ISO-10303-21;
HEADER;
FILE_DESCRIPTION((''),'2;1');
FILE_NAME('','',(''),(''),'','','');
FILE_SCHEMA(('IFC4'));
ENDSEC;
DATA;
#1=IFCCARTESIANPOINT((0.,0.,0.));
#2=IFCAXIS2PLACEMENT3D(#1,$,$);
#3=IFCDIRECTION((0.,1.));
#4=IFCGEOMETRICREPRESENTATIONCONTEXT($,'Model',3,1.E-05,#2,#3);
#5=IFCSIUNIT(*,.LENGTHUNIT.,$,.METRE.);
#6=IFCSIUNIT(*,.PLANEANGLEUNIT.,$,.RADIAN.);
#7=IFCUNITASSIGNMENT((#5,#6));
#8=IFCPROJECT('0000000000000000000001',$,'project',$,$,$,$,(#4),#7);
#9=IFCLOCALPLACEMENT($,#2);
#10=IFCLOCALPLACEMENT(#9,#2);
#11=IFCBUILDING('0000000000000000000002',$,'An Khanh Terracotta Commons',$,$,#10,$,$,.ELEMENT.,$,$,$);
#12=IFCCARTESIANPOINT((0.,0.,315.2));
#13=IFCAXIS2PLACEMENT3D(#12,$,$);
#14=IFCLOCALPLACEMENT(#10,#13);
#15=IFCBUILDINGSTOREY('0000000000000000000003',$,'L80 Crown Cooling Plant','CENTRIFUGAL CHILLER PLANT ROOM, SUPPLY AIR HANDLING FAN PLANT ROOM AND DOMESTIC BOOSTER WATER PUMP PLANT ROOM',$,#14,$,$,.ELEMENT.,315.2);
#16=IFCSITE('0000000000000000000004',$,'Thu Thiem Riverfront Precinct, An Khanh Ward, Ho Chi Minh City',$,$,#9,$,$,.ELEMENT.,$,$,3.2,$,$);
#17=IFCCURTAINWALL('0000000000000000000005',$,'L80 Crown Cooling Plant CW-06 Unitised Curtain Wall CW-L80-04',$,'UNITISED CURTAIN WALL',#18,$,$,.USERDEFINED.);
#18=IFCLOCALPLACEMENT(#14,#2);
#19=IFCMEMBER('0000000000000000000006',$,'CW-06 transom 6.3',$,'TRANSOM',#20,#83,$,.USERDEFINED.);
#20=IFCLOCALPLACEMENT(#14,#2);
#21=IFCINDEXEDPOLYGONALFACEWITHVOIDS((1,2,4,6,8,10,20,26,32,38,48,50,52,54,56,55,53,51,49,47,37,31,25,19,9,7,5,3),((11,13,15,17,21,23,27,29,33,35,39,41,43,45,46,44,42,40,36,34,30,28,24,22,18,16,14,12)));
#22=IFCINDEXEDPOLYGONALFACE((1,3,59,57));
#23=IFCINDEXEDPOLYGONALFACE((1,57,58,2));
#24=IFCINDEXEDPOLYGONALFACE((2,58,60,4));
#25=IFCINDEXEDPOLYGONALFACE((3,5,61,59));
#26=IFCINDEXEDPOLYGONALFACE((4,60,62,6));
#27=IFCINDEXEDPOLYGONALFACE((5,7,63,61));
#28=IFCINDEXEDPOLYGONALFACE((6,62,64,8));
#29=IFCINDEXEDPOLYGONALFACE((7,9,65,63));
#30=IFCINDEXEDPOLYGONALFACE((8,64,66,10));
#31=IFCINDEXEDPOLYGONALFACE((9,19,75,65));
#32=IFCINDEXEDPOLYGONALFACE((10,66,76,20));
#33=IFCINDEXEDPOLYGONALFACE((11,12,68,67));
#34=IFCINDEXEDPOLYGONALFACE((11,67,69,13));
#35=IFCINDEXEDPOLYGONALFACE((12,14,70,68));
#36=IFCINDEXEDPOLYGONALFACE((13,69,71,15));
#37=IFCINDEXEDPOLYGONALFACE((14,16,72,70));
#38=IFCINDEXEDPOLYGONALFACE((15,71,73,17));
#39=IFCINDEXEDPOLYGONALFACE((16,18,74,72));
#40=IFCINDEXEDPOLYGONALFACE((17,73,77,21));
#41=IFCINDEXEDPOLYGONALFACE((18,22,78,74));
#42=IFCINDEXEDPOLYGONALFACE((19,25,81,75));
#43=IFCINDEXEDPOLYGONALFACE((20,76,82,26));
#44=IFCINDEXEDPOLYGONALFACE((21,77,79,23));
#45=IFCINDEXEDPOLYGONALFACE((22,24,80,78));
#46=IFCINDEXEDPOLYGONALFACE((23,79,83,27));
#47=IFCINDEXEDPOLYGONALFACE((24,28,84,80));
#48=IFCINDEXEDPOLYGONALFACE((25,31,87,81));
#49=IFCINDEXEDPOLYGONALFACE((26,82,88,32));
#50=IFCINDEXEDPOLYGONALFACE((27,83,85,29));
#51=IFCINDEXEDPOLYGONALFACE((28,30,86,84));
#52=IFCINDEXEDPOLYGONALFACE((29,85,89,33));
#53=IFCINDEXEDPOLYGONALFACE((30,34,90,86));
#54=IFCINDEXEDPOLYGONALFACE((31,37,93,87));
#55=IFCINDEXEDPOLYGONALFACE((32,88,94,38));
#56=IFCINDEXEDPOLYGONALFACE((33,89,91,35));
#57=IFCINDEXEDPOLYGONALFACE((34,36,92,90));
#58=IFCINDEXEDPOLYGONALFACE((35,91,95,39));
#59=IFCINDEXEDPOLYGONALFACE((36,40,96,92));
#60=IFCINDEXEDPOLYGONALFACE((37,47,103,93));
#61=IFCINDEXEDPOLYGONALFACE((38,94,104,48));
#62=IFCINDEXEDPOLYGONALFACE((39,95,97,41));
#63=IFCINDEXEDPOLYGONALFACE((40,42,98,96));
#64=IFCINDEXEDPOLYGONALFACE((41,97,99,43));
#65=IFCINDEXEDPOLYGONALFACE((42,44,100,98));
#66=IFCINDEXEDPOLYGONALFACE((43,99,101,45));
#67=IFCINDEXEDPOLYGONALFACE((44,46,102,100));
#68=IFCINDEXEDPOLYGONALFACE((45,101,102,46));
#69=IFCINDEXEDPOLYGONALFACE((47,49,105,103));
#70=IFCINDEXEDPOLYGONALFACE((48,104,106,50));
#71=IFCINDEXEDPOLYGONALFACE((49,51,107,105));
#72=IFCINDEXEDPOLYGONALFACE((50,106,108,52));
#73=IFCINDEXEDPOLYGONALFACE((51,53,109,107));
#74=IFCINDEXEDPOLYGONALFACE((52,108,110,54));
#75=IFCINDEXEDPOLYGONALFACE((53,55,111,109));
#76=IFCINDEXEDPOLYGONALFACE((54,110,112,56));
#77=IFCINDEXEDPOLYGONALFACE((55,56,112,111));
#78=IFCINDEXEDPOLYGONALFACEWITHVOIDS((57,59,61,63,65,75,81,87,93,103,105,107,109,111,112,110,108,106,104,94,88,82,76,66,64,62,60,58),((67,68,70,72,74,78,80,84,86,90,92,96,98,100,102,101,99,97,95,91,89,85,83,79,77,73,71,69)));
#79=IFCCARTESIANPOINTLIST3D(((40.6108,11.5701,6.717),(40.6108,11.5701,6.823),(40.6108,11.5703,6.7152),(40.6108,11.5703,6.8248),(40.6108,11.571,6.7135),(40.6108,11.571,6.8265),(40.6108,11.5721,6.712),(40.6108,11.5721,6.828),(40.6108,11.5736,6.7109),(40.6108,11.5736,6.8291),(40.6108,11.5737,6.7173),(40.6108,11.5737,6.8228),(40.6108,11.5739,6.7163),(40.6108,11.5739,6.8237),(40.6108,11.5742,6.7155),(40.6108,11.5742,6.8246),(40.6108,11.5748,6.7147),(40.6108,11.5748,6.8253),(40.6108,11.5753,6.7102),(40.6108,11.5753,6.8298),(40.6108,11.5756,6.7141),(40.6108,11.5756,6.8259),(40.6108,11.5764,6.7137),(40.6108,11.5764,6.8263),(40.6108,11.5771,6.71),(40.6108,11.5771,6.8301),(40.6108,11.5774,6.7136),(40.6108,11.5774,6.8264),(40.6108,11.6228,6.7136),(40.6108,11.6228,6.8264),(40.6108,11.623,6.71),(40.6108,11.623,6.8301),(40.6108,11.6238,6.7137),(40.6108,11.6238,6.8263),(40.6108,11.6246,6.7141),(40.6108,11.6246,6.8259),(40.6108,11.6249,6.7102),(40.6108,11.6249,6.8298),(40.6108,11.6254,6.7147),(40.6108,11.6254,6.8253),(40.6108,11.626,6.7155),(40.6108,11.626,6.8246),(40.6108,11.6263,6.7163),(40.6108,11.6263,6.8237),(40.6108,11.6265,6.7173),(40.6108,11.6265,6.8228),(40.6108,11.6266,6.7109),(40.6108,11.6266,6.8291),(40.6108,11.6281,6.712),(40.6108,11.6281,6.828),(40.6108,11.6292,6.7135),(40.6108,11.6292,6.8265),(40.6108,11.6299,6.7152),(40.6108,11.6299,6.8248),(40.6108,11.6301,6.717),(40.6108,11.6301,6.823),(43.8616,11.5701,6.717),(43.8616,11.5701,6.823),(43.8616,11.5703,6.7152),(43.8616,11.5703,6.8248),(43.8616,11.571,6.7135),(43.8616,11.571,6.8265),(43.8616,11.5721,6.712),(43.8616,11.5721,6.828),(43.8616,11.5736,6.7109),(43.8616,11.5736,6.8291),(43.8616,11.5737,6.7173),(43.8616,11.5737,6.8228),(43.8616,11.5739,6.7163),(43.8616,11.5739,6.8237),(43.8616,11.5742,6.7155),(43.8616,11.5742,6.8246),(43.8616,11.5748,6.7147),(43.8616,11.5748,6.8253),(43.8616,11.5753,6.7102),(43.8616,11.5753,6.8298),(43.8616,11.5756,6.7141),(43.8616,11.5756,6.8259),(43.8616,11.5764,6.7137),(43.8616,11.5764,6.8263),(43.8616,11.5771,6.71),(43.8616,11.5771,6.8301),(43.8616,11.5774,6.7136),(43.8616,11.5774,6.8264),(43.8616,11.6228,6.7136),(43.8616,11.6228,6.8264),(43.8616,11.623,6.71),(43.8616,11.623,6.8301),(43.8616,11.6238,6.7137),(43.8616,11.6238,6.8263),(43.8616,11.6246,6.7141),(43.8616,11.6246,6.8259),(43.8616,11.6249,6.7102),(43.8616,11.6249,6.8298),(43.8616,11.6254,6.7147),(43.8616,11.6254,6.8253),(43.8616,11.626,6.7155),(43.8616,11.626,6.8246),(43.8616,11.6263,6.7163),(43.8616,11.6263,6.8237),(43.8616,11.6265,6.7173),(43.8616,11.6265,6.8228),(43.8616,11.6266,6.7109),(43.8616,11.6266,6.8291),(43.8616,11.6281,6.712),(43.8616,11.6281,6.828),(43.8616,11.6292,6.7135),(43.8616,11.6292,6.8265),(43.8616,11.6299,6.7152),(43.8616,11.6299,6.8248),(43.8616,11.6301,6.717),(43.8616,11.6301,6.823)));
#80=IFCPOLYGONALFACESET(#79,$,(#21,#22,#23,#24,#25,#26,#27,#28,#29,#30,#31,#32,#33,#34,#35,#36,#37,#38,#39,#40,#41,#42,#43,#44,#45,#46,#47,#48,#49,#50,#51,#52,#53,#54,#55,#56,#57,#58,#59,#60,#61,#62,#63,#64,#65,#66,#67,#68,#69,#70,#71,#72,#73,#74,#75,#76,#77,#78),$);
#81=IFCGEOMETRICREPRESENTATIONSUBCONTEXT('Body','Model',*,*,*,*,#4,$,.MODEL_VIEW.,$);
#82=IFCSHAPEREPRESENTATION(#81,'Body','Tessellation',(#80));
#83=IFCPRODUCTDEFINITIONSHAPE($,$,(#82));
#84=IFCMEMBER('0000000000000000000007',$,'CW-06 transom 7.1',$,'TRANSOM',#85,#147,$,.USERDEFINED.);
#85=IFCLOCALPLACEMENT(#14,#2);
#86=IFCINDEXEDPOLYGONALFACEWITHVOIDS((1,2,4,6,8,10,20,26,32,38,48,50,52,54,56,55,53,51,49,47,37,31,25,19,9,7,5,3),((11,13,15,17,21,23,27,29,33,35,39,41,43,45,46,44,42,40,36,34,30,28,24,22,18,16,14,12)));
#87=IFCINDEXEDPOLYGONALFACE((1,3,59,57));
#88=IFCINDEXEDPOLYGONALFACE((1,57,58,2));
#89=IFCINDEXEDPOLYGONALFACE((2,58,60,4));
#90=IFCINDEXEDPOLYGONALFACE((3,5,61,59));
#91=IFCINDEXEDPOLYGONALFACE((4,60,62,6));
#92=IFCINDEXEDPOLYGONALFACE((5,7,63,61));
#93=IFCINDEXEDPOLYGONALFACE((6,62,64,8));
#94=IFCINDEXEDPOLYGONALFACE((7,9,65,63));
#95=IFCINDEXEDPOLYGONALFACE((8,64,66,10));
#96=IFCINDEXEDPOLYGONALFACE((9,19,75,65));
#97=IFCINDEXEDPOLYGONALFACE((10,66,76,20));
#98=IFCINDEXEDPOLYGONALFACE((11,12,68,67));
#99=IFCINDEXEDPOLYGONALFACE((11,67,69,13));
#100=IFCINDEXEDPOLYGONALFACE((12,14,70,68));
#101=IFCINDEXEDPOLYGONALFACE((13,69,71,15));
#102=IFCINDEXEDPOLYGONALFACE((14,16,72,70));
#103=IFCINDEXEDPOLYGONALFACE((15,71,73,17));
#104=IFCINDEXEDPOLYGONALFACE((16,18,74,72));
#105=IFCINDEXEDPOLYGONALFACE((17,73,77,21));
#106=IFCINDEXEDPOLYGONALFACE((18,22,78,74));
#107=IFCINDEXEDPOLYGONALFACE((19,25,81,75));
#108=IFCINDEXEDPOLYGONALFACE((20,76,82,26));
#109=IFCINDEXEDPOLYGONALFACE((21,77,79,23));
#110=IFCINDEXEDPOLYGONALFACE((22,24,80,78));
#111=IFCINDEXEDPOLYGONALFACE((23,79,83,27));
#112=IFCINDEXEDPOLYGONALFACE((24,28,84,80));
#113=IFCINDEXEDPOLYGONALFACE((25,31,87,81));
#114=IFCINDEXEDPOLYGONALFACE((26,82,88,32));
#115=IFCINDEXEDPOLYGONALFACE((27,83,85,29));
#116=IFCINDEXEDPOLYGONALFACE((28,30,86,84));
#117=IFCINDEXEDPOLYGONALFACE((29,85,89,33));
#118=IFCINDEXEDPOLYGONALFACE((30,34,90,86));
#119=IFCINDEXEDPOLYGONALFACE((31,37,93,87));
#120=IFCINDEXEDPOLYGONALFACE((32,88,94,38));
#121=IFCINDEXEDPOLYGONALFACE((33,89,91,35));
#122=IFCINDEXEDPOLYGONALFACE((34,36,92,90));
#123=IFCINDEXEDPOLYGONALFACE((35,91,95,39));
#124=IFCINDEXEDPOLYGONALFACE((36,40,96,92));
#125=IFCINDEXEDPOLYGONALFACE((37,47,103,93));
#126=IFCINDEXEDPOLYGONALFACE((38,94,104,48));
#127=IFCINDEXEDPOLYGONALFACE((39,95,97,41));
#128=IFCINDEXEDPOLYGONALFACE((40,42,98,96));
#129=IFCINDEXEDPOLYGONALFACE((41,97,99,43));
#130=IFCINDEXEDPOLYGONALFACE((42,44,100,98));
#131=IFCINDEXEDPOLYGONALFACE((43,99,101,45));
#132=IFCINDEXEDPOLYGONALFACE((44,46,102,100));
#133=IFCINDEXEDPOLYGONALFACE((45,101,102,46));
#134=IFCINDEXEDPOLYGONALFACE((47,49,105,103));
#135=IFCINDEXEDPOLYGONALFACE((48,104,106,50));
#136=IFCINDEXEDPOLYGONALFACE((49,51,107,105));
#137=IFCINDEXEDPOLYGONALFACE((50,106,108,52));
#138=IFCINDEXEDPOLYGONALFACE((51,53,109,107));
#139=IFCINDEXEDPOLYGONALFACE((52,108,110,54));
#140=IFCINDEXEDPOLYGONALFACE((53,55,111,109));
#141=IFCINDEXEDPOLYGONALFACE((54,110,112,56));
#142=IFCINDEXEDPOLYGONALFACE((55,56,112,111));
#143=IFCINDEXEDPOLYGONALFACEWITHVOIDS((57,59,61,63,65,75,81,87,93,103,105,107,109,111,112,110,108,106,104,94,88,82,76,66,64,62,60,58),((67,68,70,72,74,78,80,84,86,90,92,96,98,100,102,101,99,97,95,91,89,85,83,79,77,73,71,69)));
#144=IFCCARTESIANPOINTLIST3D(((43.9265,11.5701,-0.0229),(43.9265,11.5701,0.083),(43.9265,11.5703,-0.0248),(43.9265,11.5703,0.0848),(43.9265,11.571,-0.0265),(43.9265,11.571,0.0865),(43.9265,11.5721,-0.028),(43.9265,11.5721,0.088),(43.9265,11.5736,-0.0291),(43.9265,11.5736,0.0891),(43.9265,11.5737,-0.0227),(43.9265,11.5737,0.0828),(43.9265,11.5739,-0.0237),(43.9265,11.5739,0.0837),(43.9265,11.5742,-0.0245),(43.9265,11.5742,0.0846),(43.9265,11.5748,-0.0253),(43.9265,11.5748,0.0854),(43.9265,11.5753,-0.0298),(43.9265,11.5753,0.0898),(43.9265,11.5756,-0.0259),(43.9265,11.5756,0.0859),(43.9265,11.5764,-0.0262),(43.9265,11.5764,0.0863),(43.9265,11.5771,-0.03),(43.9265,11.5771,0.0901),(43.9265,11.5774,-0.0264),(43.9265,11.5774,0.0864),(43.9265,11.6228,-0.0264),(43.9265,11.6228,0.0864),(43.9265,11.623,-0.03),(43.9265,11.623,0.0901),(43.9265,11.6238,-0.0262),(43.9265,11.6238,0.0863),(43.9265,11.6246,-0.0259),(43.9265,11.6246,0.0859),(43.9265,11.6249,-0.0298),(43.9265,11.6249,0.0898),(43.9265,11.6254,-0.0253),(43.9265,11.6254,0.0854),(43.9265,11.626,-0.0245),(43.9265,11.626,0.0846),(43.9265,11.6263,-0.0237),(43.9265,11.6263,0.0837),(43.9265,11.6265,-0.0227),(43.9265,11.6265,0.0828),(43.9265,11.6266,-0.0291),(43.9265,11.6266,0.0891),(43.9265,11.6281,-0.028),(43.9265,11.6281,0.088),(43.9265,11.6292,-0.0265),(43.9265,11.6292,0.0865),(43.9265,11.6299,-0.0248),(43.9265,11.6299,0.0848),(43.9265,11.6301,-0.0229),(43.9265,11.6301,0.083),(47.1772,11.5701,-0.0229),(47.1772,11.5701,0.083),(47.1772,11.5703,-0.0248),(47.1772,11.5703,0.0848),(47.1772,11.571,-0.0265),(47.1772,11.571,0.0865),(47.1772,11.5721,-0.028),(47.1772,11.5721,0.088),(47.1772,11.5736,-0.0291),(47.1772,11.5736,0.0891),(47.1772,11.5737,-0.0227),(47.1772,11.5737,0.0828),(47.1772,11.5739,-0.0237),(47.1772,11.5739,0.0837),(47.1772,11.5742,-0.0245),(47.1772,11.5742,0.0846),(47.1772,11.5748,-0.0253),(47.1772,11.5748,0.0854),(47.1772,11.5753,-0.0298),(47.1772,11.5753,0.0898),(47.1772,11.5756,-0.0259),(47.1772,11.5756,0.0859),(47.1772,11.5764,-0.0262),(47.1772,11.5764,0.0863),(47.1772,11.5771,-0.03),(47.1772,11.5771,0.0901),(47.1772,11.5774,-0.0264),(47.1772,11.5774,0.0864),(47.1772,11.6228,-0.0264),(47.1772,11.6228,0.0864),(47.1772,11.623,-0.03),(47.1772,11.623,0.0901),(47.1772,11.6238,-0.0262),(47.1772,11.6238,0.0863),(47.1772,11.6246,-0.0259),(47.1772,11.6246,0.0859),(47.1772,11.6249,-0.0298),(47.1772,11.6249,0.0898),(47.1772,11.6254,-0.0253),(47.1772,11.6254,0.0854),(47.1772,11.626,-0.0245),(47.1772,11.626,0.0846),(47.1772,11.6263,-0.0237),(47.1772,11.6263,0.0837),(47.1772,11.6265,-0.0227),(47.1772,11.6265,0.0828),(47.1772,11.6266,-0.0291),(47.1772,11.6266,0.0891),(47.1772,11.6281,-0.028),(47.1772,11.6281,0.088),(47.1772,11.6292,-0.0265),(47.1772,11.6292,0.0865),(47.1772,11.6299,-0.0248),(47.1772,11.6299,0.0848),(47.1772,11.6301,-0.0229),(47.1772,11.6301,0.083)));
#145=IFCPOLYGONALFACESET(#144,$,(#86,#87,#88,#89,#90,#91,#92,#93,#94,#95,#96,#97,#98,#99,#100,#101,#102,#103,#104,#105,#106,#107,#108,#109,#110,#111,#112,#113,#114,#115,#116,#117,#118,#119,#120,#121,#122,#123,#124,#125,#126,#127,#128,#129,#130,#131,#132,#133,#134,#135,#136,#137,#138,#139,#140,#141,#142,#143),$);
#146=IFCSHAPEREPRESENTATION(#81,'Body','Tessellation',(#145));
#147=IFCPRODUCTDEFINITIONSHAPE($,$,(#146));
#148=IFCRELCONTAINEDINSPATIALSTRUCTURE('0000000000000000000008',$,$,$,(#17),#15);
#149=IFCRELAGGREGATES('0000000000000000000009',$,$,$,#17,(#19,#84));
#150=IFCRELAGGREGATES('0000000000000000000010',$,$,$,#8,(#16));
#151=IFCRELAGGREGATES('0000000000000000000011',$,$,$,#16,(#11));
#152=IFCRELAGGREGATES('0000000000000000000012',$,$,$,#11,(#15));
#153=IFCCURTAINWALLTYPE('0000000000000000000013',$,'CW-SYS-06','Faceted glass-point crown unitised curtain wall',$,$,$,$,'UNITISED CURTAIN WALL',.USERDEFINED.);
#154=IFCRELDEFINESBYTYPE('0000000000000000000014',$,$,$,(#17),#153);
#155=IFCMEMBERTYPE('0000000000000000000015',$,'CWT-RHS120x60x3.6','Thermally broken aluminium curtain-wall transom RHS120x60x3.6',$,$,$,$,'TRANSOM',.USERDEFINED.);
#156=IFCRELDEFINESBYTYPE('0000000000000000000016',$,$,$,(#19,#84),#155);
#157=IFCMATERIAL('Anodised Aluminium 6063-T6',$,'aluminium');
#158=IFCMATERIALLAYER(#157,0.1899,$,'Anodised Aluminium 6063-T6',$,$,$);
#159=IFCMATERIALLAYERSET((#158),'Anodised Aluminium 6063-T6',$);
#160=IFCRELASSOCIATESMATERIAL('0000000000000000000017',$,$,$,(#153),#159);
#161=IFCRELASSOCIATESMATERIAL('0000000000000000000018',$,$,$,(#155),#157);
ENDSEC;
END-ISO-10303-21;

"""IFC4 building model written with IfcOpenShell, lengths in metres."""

from ifc_helpers import new_model, si_unit, direction, frame, origin, origin_2d, place, context, subcontext, project, spatial, hollow_rectangle, extrude, material, layer, layer_set, material_profile, profile_set, type_object, element, aggregate, save


model = new_model("IFC4")

# Units and contexts
model_context = context("Model", 3, precision=1e-05, world=origin(), true_north=direction((0.0, 1.0)))
body_context = subcontext(model_context, "Body", "Model", "MODEL_VIEW")
ifc_project = project(units=[si_unit("LENGTHUNIT", "METRE"), si_unit("PLANEANGLEUNIT", "RADIAN")], contexts=[model_context])

# Site, building, storey
site_placement = place(None, origin())
site = spatial("IfcSite", under=ifc_project, at=site_placement, Name="Thu Thiem Riverfront Precinct, An Khanh Ward, Ho Chi Minh City", CompositionType="ELEMENT", RefElevation=3.2)
building_placement = place(site_placement, origin())
building = spatial("IfcBuilding", under=site, at=building_placement, Name="An Khanh Terracotta Commons", CompositionType="ELEMENT")
storey_placement = place(building_placement, frame((0.0, 0.0, 315.2)))
storey = spatial("IfcBuildingStorey", under=building, at=storey_placement, Name="L80 Crown Cooling Plant", Description="CENTRIFUGAL CHILLER PLANT ROOM, SUPPLY AIR HANDLING FAN PLANT ROOM AND DOMESTIC BOOSTER WATER PUMP PLANT ROOM", CompositionType="ELEMENT", Elevation=315.2)

# Curtain wall, members
ifc_material_1 = material(Name="Anodised Aluminium 6063-T6", Category="aluminium")
ifc_layer_1 = layer(ifc_material_1, 0.1899, Name="Anodised Aluminium 6063-T6")
ifc_layer_set_1 = layer_set([ifc_layer_1], Name="Anodised Aluminium 6063-T6")
curtain_wall_type = type_object("IfcCurtainWallType", Name="CW-SYS-06", Description="Faceted glass-point crown unitised curtain wall", ElementType="UNITISED CURTAIN WALL", PredefinedType="USERDEFINED", material=ifc_layer_set_1)
curtain_wall_placement = place(storey_placement, origin())
curtain_wall = element("IfcCurtainWall", 1, at=curtain_wall_placement, inside=storey, type_object=curtain_wall_type, Name="L80 Crown Cooling Plant CW-06 Unitised Curtain Wall CW-L80-04", ObjectType="UNITISED CURTAIN WALL", PredefinedType="USERDEFINED")
ifc_material_profile_1 = material_profile(ifc_material_1, hollow_rectangle(XDim=0.0601, YDim=0.1201, WallThickness=0.0037, InnerFilletRadius=0.0037, OuterFilletRadius=0.0071, at=origin_2d()), Name="RHS120x60x3.6")
ifc_profile_set_1 = profile_set([ifc_material_profile_1], Name="Anodised Aluminium 6063-T6")
member_type_1 = type_object("IfcMemberType", Name="CWT-RHS120x60x3.6", Description="Thermally broken aluminium curtain-wall transom RHS120x60x3.6", ElementType="TRANSOM", PredefinedType="USERDEFINED", material=ifc_profile_set_1)
member_1_placement = place(storey_placement, frame((40.6108, 11.6001, 6.77), z_axis=(1.0, 0.0, 0.0), x_axis=(0.0, 1.0, 0.0)))
member_1 = element("IfcMember", 2, at=member_1_placement, type_object=member_type_1, Name="CW-06 transom 6.3", ObjectType="TRANSOM", PredefinedType="USERDEFINED", context=body_context, shape_type="SweptSolid", body=[
    extrude(hollow_rectangle(XDim=0.0601, YDim=0.1201, WallThickness=0.0037, InnerFilletRadius=0.0037, OuterFilletRadius=0.0071, at=origin_2d()), origin(), (0.0, 0.0, 1.0), 3.2507),
])
member_2_placement = place(storey_placement, frame((43.9265, 11.6001, 0.03), z_axis=(1.0, 0.0, 0.0), x_axis=(0.0, 1.0, 0.0)))
member_2 = element("IfcMember", 3, at=member_2_placement, type_object=member_type_1, Name="CW-06 transom 7.1", ObjectType="TRANSOM", PredefinedType="USERDEFINED", context=body_context, shape_type="SweptSolid", body=[
    extrude(hollow_rectangle(XDim=0.0601, YDim=0.1201, WallThickness=0.0037, InnerFilletRadius=0.0037, OuterFilletRadius=0.0071, at=origin_2d()), origin(), (0.0, 0.0, 1.0), 3.2507),
])
aggregate(curtain_wall, [member_1, member_2])

save(model, "model.ifc")
